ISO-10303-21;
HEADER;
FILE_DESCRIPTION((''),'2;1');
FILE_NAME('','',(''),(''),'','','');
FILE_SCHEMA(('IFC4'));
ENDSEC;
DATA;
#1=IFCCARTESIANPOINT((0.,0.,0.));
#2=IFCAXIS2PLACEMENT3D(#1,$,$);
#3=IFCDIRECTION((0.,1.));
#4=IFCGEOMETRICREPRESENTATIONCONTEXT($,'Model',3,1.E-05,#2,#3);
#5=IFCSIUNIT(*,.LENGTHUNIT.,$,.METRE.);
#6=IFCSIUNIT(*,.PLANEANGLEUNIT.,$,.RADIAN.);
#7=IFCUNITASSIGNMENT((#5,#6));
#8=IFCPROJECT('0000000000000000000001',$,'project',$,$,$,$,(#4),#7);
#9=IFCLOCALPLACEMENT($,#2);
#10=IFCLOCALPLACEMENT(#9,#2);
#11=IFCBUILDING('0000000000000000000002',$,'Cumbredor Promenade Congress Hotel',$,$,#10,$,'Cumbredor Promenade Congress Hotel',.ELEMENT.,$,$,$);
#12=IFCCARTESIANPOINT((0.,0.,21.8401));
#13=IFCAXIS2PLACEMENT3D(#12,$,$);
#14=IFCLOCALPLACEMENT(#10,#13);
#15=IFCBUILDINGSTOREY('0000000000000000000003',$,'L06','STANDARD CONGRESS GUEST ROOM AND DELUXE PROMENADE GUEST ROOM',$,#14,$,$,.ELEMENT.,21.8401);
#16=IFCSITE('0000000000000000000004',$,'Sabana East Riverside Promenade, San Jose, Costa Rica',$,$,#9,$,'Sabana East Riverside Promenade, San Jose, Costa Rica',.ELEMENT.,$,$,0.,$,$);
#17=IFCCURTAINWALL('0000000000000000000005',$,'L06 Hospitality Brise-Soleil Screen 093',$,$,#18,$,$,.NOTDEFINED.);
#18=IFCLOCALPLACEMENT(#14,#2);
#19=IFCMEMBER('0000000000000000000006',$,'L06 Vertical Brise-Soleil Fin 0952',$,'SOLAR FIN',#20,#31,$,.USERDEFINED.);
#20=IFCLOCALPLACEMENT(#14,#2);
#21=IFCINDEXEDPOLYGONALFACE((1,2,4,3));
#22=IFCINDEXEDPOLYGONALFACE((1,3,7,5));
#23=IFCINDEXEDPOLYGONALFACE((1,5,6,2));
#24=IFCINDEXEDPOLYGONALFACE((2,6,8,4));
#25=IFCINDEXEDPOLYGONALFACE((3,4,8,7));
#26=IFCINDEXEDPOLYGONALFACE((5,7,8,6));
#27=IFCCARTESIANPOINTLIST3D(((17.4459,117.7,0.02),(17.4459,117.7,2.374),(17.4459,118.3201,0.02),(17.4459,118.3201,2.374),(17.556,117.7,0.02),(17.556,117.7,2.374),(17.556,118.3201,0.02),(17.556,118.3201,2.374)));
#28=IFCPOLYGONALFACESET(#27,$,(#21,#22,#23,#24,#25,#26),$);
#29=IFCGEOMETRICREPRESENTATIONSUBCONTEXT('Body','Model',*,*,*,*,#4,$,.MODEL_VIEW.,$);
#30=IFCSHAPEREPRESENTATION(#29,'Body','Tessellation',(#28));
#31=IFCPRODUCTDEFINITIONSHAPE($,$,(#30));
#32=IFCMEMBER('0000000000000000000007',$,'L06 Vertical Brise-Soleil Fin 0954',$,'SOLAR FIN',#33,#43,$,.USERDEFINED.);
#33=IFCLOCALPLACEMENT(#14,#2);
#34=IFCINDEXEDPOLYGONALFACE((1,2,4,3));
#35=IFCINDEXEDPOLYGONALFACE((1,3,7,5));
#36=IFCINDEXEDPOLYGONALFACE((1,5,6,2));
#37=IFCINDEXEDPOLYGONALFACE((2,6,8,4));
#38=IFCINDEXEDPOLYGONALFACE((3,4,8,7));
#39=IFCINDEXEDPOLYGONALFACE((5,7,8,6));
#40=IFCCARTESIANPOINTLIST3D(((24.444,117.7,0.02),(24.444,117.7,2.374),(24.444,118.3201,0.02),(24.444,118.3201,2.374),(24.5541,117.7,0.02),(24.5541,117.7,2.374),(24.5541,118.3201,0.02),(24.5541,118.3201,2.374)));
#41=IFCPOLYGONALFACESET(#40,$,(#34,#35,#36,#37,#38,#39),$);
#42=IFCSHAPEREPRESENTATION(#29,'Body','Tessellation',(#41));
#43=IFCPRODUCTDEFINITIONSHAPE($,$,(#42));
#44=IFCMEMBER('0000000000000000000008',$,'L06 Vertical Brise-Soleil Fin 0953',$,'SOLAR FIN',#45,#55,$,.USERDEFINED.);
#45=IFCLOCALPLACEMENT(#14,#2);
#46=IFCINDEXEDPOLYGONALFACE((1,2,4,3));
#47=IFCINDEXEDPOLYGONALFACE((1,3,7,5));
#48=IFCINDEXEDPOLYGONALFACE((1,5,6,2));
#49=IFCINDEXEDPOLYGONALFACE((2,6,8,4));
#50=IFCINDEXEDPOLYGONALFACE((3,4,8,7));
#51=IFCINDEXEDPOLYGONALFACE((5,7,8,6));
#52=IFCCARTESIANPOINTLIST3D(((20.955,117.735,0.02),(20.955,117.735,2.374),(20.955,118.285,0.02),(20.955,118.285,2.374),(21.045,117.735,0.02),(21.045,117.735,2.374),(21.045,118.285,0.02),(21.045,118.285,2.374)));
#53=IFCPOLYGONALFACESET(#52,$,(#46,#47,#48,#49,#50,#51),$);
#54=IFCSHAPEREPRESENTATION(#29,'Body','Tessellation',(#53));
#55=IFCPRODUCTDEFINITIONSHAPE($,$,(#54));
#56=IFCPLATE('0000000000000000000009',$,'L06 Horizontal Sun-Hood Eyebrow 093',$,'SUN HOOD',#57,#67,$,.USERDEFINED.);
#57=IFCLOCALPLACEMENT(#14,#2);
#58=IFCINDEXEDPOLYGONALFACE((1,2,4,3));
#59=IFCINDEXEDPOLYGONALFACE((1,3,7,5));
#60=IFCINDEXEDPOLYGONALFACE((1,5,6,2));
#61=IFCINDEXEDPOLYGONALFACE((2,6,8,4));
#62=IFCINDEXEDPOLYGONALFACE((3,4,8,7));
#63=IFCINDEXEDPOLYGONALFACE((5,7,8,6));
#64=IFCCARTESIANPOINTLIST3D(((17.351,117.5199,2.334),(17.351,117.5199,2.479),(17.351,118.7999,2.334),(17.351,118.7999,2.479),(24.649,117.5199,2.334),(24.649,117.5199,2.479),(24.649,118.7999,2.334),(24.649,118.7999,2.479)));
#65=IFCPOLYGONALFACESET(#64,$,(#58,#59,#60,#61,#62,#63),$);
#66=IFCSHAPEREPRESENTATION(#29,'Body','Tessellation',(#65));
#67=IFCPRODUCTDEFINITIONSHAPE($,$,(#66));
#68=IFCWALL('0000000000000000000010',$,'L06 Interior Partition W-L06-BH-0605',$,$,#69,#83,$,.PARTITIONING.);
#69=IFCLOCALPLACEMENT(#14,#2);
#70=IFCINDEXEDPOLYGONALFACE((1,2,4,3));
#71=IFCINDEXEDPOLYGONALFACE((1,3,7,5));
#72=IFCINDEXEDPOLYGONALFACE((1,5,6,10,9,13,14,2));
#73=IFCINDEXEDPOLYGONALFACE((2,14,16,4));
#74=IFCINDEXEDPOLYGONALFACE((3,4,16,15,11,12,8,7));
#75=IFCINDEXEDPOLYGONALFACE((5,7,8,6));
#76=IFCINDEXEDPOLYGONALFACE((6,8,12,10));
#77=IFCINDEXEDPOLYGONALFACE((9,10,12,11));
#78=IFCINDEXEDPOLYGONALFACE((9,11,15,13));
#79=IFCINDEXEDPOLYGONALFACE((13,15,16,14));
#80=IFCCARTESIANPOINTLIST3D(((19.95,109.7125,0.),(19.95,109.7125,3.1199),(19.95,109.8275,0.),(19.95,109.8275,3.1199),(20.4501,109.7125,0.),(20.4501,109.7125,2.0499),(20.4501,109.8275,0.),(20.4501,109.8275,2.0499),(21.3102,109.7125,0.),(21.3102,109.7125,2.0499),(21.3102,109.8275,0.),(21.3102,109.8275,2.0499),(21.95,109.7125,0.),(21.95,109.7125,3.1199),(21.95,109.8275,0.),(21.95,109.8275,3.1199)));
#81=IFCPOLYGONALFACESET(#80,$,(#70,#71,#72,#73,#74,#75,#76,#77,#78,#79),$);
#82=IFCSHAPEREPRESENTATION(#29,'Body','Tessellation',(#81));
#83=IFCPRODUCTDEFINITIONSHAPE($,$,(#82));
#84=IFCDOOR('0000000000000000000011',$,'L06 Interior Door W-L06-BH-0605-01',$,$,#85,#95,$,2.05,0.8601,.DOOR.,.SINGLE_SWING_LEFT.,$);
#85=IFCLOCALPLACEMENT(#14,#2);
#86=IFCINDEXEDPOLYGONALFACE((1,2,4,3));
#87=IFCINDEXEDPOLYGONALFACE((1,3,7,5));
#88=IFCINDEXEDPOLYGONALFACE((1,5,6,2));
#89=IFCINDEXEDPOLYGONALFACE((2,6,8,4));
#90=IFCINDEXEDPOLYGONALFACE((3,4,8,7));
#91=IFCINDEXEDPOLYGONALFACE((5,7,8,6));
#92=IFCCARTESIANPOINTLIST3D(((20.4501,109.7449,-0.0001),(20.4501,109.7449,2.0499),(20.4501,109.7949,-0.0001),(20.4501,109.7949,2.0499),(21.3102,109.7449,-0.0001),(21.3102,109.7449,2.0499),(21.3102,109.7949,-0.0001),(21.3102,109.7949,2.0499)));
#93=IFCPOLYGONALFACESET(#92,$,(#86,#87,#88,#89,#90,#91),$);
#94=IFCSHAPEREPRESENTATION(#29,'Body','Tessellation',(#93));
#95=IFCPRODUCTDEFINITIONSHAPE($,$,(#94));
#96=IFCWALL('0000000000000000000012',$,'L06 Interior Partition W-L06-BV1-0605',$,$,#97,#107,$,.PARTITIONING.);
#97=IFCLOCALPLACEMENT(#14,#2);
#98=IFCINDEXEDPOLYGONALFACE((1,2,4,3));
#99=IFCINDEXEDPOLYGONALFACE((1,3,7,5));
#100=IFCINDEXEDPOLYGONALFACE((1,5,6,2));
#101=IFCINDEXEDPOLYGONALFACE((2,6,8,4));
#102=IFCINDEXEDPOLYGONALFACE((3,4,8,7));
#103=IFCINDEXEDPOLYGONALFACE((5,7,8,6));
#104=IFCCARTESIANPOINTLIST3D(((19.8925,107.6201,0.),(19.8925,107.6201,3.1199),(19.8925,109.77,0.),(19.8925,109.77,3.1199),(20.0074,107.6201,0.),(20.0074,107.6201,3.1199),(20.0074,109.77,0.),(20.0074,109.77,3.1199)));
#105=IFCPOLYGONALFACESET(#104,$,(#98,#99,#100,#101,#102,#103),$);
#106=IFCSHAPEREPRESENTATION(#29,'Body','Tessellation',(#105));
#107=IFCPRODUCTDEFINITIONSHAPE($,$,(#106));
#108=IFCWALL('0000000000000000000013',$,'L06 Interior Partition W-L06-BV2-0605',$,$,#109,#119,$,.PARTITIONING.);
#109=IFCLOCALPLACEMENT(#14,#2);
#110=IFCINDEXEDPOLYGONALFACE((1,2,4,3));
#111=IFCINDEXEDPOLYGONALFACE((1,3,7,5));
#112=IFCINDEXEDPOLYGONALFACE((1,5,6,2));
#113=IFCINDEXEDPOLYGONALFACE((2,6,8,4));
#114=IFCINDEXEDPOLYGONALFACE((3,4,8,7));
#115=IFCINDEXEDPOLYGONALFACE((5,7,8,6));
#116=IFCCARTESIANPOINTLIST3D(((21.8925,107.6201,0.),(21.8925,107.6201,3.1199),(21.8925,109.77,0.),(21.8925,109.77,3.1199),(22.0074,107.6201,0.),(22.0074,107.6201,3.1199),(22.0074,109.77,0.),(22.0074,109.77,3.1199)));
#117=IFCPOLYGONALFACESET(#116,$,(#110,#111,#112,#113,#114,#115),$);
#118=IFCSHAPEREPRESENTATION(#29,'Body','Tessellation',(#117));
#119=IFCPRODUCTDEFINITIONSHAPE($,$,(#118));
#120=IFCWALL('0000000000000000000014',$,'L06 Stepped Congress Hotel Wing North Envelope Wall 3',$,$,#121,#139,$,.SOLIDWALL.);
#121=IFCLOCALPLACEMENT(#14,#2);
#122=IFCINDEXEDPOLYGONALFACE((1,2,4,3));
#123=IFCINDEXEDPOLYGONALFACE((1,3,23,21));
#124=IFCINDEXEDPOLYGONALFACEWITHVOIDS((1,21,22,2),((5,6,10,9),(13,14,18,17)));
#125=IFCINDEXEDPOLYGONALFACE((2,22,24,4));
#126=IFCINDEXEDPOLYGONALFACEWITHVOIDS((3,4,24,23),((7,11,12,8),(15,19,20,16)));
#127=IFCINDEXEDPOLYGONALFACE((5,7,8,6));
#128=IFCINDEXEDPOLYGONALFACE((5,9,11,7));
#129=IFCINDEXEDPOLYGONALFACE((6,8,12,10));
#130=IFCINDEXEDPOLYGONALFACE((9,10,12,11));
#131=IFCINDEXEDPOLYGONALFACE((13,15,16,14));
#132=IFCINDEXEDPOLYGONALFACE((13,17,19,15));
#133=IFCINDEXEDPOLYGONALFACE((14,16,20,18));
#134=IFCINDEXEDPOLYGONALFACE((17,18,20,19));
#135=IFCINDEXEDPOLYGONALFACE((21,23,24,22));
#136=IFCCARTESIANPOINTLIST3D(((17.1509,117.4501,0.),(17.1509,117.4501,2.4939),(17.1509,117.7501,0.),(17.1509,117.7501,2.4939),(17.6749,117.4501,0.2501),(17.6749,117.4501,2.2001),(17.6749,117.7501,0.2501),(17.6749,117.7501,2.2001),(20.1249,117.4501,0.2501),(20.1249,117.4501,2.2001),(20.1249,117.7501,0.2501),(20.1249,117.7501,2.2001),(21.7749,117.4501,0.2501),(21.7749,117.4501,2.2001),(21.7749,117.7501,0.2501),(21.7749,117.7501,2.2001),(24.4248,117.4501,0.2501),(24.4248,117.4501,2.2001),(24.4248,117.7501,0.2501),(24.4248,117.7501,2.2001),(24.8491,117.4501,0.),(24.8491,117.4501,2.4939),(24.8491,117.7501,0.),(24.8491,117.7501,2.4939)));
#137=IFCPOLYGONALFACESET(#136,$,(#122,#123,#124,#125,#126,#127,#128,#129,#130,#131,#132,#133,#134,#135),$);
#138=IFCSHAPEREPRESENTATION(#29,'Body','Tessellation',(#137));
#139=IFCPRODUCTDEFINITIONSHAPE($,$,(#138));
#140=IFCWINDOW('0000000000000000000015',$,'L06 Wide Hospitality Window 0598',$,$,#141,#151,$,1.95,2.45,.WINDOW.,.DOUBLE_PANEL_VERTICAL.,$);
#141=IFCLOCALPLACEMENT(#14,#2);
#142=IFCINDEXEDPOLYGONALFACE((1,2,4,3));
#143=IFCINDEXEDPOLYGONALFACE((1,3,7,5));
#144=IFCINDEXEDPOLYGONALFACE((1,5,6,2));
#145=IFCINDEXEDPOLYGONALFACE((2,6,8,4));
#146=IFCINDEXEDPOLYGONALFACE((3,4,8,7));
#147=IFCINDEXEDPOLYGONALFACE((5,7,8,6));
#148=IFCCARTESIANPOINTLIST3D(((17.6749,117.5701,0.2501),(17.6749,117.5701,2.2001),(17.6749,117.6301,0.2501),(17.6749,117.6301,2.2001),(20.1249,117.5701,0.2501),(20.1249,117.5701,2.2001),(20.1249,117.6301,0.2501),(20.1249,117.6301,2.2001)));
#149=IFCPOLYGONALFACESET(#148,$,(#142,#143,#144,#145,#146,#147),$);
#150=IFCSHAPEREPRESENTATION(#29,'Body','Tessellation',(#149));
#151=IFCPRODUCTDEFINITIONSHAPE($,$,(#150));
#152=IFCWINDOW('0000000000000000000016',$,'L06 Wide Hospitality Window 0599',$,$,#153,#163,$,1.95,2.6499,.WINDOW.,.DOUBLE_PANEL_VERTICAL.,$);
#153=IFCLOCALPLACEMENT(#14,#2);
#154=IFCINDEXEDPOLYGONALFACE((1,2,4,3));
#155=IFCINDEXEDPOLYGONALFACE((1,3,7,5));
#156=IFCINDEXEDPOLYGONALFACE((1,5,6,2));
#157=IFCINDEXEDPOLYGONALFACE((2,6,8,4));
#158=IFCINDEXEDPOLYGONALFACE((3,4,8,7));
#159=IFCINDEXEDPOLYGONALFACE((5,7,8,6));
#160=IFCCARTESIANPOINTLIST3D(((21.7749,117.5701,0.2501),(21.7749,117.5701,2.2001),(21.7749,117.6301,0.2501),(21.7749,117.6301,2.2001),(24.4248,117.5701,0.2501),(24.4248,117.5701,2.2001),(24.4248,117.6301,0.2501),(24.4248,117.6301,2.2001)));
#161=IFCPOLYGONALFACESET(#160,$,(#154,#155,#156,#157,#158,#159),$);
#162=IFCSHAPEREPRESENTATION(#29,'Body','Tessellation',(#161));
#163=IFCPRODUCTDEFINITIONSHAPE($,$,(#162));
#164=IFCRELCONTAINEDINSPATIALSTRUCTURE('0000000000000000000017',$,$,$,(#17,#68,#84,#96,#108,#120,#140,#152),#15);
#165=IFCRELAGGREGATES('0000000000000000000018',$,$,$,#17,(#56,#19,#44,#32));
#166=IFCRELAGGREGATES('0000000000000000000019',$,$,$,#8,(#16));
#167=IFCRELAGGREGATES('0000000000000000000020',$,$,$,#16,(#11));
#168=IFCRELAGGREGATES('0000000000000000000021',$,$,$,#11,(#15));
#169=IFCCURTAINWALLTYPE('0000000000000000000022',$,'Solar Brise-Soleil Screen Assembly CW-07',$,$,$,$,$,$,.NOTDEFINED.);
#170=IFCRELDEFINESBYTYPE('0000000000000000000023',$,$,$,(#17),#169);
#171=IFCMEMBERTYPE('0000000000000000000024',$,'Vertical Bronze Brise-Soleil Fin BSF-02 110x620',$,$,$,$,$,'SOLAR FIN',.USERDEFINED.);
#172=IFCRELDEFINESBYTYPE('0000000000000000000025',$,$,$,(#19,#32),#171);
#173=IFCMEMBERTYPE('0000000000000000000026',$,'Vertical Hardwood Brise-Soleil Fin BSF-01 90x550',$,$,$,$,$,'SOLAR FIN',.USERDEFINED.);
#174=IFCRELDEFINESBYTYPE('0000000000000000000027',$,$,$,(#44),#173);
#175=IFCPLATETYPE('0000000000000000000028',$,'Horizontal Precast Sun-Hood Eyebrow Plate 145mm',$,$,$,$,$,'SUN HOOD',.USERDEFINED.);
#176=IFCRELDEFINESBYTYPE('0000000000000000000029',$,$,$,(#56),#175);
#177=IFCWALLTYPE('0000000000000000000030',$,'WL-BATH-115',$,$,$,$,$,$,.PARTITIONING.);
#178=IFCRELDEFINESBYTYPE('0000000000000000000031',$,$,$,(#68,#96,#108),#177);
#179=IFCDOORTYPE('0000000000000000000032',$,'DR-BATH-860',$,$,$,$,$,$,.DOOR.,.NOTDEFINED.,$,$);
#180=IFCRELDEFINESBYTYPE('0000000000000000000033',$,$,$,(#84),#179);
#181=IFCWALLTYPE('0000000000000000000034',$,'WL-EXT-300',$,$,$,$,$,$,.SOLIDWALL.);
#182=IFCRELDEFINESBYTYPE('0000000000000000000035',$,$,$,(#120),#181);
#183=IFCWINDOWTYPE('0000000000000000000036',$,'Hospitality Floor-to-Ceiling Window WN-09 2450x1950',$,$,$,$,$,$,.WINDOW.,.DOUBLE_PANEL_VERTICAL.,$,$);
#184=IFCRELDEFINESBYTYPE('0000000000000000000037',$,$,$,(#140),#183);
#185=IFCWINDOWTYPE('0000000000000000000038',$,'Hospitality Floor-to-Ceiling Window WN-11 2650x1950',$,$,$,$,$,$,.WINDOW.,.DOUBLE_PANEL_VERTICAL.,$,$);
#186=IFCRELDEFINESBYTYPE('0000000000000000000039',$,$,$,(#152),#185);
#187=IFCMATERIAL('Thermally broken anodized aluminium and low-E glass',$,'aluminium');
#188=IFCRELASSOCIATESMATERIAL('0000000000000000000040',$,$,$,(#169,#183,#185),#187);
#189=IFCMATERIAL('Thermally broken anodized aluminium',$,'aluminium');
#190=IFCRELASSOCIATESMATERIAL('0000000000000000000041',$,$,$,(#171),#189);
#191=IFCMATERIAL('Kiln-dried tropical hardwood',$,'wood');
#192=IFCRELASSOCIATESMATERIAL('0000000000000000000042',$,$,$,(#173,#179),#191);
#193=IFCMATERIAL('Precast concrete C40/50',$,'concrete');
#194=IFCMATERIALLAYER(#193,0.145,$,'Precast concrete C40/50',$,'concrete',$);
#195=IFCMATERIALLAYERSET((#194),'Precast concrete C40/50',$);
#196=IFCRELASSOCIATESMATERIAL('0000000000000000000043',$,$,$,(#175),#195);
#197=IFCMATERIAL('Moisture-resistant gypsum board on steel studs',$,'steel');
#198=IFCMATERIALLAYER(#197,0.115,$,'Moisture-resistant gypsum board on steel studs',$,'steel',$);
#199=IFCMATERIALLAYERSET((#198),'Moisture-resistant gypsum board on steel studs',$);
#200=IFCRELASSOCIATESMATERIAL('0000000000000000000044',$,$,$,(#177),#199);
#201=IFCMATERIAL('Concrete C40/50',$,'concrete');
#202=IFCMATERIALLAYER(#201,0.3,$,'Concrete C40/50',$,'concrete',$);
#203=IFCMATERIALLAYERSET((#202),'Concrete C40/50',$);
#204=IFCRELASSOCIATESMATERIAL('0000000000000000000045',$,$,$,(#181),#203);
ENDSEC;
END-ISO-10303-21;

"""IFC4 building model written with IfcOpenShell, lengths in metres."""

from ifc_helpers import new_model, si_unit, direction, frame, frame_2d, origin, origin_2d, place, context, subcontext, project, spatial, rectangle, extrude, material, layer, layer_set, material_profile, profile_set, type_object, element, fill, aggregate, save


model = new_model("IFC4")

# Units and contexts
model_context = context("Model", 3, precision=1e-05, world=origin(), true_north=direction((0.0, 1.0)))
body_context = subcontext(model_context, "Body", "Model", "MODEL_VIEW")
ifc_project = project(units=[si_unit("LENGTHUNIT", "METRE"), si_unit("PLANEANGLEUNIT", "RADIAN")], contexts=[model_context])

# Site, building, storey
site_placement = place(None, origin())
site = spatial("IfcSite", under=ifc_project, at=site_placement, Name="Sabana East Riverside Promenade, San Jose, Costa Rica", LongName="Sabana East Riverside Promenade, San Jose, Costa Rica", CompositionType="ELEMENT", RefElevation=0.0)
building_placement = place(site_placement, origin())
building = spatial("IfcBuilding", under=site, at=building_placement, Name="Cumbredor Promenade Congress Hotel", LongName="Cumbredor Promenade Congress Hotel", CompositionType="ELEMENT")
storey_placement = place(building_placement, frame((0.0, 0.0, 21.8401)))
storey = spatial("IfcBuildingStorey", under=building, at=storey_placement, Name="L06", Description="STANDARD CONGRESS GUEST ROOM AND DELUXE PROMENADE GUEST ROOM", CompositionType="ELEMENT", Elevation=21.8401)

# Shared definitions
ifc_material_1 = material(Name="Concrete C40/50", Category="concrete")

# Curtain wall
ifc_material_2 = material(Name="Thermally broken anodized aluminium and low-E glass", Category="aluminium")
curtain_wall_type = type_object("IfcCurtainWallType", Name="Solar Brise-Soleil Screen Assembly CW-07", PredefinedType="NOTDEFINED", material=ifc_material_2)
curtain_wall_placement = place(storey_placement, origin())
curtain_wall = element("IfcCurtainWall", 1, at=curtain_wall_placement, inside=storey, type_object=curtain_wall_type, Name="L06 Hospitality Brise-Soleil Screen 093", PredefinedType="NOTDEFINED")
ifc_material_3 = material(Name="Thermally broken anodized aluminium", Category="aluminium")

# Members
ifc_material_profile_1 = material_profile(ifc_material_3, rectangle(XDim=0.1101, YDim=0.6201, at=origin_2d()), Name="ARCH FIN 110x620")
ifc_profile_set_1 = profile_set([ifc_material_profile_1], Name="Thermally broken anodized aluminium")
member_type_1 = type_object("IfcMemberType", Name="Vertical Bronze Brise-Soleil Fin BSF-02 110x620", ElementType="SOLAR FIN", PredefinedType="USERDEFINED", material=ifc_profile_set_1)
member_1_placement = place(storey_placement, frame((17.501, 118.01, 0.02), z_axis=(0.0, 0.0, 1.0), x_axis=(1.0, 0.0, 0.0)))
member_1 = element("IfcMember", 2, at=member_1_placement, type_object=member_type_1, Name="L06 Vertical Brise-Soleil Fin 0952", ObjectType="SOLAR FIN", PredefinedType="USERDEFINED", context=body_context, shape_type="SweptSolid", body=[
    extrude(rectangle(XDim=0.1101, YDim=0.6201, at=origin_2d()), origin(), (0.0, 0.0, 1.0), 2.354),
])
member_2_placement = place(storey_placement, frame((24.499, 118.01, 0.02), z_axis=(0.0, 0.0, 1.0), x_axis=(1.0, 0.0, 0.0)))
member_2 = element("IfcMember", 3, at=member_2_placement, type_object=member_type_1, Name="L06 Vertical Brise-Soleil Fin 0954", ObjectType="SOLAR FIN", PredefinedType="USERDEFINED", context=body_context, shape_type="SweptSolid", body=[
    extrude(rectangle(XDim=0.1101, YDim=0.6201, at=origin_2d()), origin(), (0.0, 0.0, 1.0), 2.354),
])
ifc_material_4 = material(Name="Kiln-dried tropical hardwood", Category="wood")
ifc_material_profile_2 = material_profile(ifc_material_4, rectangle(XDim=0.0901, YDim=0.55, at=origin_2d()), Name="ARCH FIN 90x550")
ifc_profile_set_2 = profile_set([ifc_material_profile_2], Name="Kiln-dried tropical hardwood")
member_type_2 = type_object("IfcMemberType", Name="Vertical Hardwood Brise-Soleil Fin BSF-01 90x550", ElementType="SOLAR FIN", PredefinedType="USERDEFINED", material=ifc_profile_set_2)
member_3_placement = place(storey_placement, frame((21.0, 118.01, 0.02), z_axis=(0.0, 0.0, 1.0), x_axis=(1.0, 0.0, 0.0)))
member_3 = element("IfcMember", 4, at=member_3_placement, type_object=member_type_2, Name="L06 Vertical Brise-Soleil Fin 0953", ObjectType="SOLAR FIN", PredefinedType="USERDEFINED", context=body_context, shape_type="SweptSolid", body=[
    extrude(rectangle(XDim=0.0901, YDim=0.55, at=origin_2d()), origin(), (0.0, 0.0, 1.0), 2.354),
])

# Plate
ifc_material_5 = material(Name="Precast concrete C40/50", Category="concrete")
ifc_layer_1 = layer(ifc_material_5, 0.145, Name="Precast concrete C40/50", Category="concrete")
ifc_layer_set_1 = layer_set([ifc_layer_1], Name="Precast concrete C40/50")
plate_type = type_object("IfcPlateType", Name="Horizontal Precast Sun-Hood Eyebrow Plate 145mm", ElementType="SUN HOOD", PredefinedType="USERDEFINED", material=ifc_layer_set_1)
plate_placement = place(storey_placement, frame((21.0, 118.1599, 2.334), z_axis=(0.0, 0.0, 1.0), x_axis=(1.0, 0.0, 0.0)))
plate = element("IfcPlate", 5, at=plate_placement, type_object=plate_type, Name="L06 Horizontal Sun-Hood Eyebrow 093", ObjectType="SUN HOOD", PredefinedType="USERDEFINED", context=body_context, shape_type="SweptSolid", body=[
    extrude(rectangle(XDim=7.2981, YDim=1.28, at=origin_2d()), origin(), (0.0, 0.0, 1.0), 0.145),
])
aggregate(curtain_wall, [plate, member_1, member_3, member_2])

# Wall, opening, door
ifc_material_6 = material(Name="Moisture-resistant gypsum board on steel studs", Category="steel")
ifc_layer_2 = layer(ifc_material_6, 0.115, Name="Moisture-resistant gypsum board on steel studs", Category="steel")
ifc_layer_set_2 = layer_set([ifc_layer_2], Name="Moisture-resistant gypsum board on steel studs")
wall_type_1 = type_object("IfcWallType", Name="WL-BATH-115", PredefinedType="PARTITIONING", material=ifc_layer_set_2)
wall_1_placement = place(storey_placement, frame((19.95, 109.77, 0.0), z_axis=(0.0, 0.0, 1.0), x_axis=(1.0, 0.0, 0.0)))
wall_1 = element("IfcWall", 6, at=wall_1_placement, inside=storey, type_object=wall_type_1, Name="L06 Interior Partition W-L06-BH-0605", PredefinedType="PARTITIONING", context=body_context, shape_type="SweptSolid", body=[
    extrude(rectangle(XDim=2.0, YDim=0.115, at=frame_2d((1.0, 0.0))), origin(), (0.0, 0.0, 1.0), 3.1199),
])
opening_1_placement = place(wall_1_placement, frame((0.5, 0.0, 0.0)))
opening_1 = element("IfcOpeningElement", 7, at=opening_1_placement, cuts=wall_1, PredefinedType="OPENING", context=body_context, shape_type="SweptSolid", body=[
    extrude(rectangle(XDim=0.8601, YDim=2.05, at=frame_2d((0.4302, 1.0249))), frame((0.0, 0.0674, 0.0), z_axis=(0.0, -1.0, 0.0), x_axis=(1.0, 0.0, 0.0)), (0.0, 0.0, 1.0), 0.135),
])
door_type = type_object("IfcDoorType", Name="DR-BATH-860", OperationType="NOTDEFINED", PredefinedType="DOOR", material=ifc_material_4)
door_placement = place(opening_1_placement, origin())
door = element("IfcDoor", 8, at=door_placement, inside=storey, type_object=door_type, Name="L06 Interior Door W-L06-BH-0605-01", OperationType="SINGLE_SWING_LEFT", OverallHeight=2.05, OverallWidth=0.8601, PredefinedType="DOOR", context=body_context, shape_type="SweptSolid", body=[
    extrude(rectangle(XDim=0.8601, YDim=2.05, at=frame_2d((0.4302, 1.0249))), frame((0.0, 0.0249, 0.0), z_axis=(0.0, -1.0, 0.0), x_axis=(1.0, 0.0, 0.0)), (0.0, 0.0, 1.0), 0.05),
])
fill(opening_1, door)

# Walls
for number, where, z_axis, x_axis, name in (
    (9, (19.95, 107.6201, 0.0), (0.0, 0.0, 1.0), (0.0, 1.0, 0.0), "L06 Interior Partition W-L06-BV1-0605"),
    (10, (21.95, 107.6201, 0.0), (0.0, 0.0, 1.0), (0.0, 1.0, 0.0), "L06 Interior Partition W-L06-BV2-0605"),
):
    element("IfcWall", number, at=place(storey_placement, frame(where, z_axis=z_axis, x_axis=x_axis)), inside=storey, type_object=wall_type_1, Name=name, PredefinedType="PARTITIONING", context=body_context, shape_type="SweptSolid", body=[
        extrude(rectangle(XDim=2.1499, YDim=0.115, at=frame_2d((1.075, 0.0))), origin(), (0.0, 0.0, 1.0), 3.1199),
    ])

# Wall, openings, windows
ifc_layer_3 = layer(ifc_material_1, 0.3, Name="Concrete C40/50", Category="concrete")
ifc_layer_set_3 = layer_set([ifc_layer_3], Name="Concrete C40/50")
wall_type_2 = type_object("IfcWallType", Name="WL-EXT-300", PredefinedType="SOLIDWALL", material=ifc_layer_set_3)
wall_2_placement = place(storey_placement, frame((17.1509, 117.6001, 0.0), z_axis=(0.0, 0.0, 1.0), x_axis=(1.0, 0.0, 0.0)))
wall_2 = element("IfcWall", 11, at=wall_2_placement, inside=storey, type_object=wall_type_2, Name="L06 Stepped Congress Hotel Wing North Envelope Wall 3", PredefinedType="SOLIDWALL", context=body_context, shape_type="SweptSolid", body=[
    extrude(rectangle(XDim=7.6982, YDim=0.3, at=frame_2d((3.8491, 0.0))), origin(), (0.0, 0.0, 1.0), 2.4939),
])
opening_2_placement = place(wall_2_placement, frame((0.5239, 0.0, 0.25)))
opening_2 = element("IfcOpeningElement", 12, at=opening_2_placement, cuts=wall_2, PredefinedType="OPENING", context=body_context, shape_type="SweptSolid", body=[
    extrude(rectangle(XDim=2.45, YDim=1.95, at=frame_2d((1.2251, 0.9751))), frame((0.0, 0.1602, 0.0), z_axis=(0.0, -1.0, 0.0), x_axis=(1.0, 0.0, 0.0)), (0.0, 0.0, 1.0), 0.3201),
])
opening_3_placement = place(wall_2_placement, frame((4.624, 0.0, 0.25)))
opening_3 = element("IfcOpeningElement", 13, at=opening_3_placement, cuts=wall_2, PredefinedType="OPENING", context=body_context, shape_type="SweptSolid", body=[
    extrude(rectangle(XDim=2.6499, YDim=1.95, at=frame_2d((1.325, 0.9751))), frame((0.0, 0.1602, 0.0), z_axis=(0.0, -1.0, 0.0), x_axis=(1.0, 0.0, 0.0)), (0.0, 0.0, 1.0), 0.3201),
])
window_type_1 = type_object("IfcWindowType", Name="Hospitality Floor-to-Ceiling Window WN-09 2450x1950", PartitioningType="DOUBLE_PANEL_VERTICAL", PredefinedType="WINDOW", material=ifc_material_2)
window_1_placement = place(opening_2_placement, origin())
window_1 = element("IfcWindow", 14, at=window_1_placement, inside=storey, type_object=window_type_1, Name="L06 Wide Hospitality Window 0598", OverallHeight=1.95, OverallWidth=2.45, PartitioningType="DOUBLE_PANEL_VERTICAL", PredefinedType="WINDOW", context=body_context, shape_type="SweptSolid", body=[
    extrude(rectangle(XDim=2.45, YDim=1.95, at=frame_2d((1.2251, 0.9751))), frame((0.0, 0.03, 0.0), z_axis=(0.0, -1.0, 0.0), x_axis=(1.0, 0.0, 0.0)), (0.0, 0.0, 1.0), 0.0601),
])
fill(opening_2, window_1)
window_type_2 = type_object("IfcWindowType", Name="Hospitality Floor-to-Ceiling Window WN-11 2650x1950", PartitioningType="DOUBLE_PANEL_VERTICAL", PredefinedType="WINDOW", material=ifc_material_2)
window_2_placement = place(opening_3_placement, origin())
window_2 = element("IfcWindow", 15, at=window_2_placement, inside=storey, type_object=window_type_2, Name="L06 Wide Hospitality Window 0599", OverallHeight=1.95, OverallWidth=2.6499, PartitioningType="DOUBLE_PANEL_VERTICAL", PredefinedType="WINDOW", context=body_context, shape_type="SweptSolid", body=[
    extrude(rectangle(XDim=2.6499, YDim=1.95, at=frame_2d((1.325, 0.9751))), frame((0.0, 0.03, 0.0), z_axis=(0.0, -1.0, 0.0), x_axis=(1.0, 0.0, 0.0)), (0.0, 0.0, 1.0), 0.0601),
])
fill(opening_3, window_2)

save(model, "model.ifc")
